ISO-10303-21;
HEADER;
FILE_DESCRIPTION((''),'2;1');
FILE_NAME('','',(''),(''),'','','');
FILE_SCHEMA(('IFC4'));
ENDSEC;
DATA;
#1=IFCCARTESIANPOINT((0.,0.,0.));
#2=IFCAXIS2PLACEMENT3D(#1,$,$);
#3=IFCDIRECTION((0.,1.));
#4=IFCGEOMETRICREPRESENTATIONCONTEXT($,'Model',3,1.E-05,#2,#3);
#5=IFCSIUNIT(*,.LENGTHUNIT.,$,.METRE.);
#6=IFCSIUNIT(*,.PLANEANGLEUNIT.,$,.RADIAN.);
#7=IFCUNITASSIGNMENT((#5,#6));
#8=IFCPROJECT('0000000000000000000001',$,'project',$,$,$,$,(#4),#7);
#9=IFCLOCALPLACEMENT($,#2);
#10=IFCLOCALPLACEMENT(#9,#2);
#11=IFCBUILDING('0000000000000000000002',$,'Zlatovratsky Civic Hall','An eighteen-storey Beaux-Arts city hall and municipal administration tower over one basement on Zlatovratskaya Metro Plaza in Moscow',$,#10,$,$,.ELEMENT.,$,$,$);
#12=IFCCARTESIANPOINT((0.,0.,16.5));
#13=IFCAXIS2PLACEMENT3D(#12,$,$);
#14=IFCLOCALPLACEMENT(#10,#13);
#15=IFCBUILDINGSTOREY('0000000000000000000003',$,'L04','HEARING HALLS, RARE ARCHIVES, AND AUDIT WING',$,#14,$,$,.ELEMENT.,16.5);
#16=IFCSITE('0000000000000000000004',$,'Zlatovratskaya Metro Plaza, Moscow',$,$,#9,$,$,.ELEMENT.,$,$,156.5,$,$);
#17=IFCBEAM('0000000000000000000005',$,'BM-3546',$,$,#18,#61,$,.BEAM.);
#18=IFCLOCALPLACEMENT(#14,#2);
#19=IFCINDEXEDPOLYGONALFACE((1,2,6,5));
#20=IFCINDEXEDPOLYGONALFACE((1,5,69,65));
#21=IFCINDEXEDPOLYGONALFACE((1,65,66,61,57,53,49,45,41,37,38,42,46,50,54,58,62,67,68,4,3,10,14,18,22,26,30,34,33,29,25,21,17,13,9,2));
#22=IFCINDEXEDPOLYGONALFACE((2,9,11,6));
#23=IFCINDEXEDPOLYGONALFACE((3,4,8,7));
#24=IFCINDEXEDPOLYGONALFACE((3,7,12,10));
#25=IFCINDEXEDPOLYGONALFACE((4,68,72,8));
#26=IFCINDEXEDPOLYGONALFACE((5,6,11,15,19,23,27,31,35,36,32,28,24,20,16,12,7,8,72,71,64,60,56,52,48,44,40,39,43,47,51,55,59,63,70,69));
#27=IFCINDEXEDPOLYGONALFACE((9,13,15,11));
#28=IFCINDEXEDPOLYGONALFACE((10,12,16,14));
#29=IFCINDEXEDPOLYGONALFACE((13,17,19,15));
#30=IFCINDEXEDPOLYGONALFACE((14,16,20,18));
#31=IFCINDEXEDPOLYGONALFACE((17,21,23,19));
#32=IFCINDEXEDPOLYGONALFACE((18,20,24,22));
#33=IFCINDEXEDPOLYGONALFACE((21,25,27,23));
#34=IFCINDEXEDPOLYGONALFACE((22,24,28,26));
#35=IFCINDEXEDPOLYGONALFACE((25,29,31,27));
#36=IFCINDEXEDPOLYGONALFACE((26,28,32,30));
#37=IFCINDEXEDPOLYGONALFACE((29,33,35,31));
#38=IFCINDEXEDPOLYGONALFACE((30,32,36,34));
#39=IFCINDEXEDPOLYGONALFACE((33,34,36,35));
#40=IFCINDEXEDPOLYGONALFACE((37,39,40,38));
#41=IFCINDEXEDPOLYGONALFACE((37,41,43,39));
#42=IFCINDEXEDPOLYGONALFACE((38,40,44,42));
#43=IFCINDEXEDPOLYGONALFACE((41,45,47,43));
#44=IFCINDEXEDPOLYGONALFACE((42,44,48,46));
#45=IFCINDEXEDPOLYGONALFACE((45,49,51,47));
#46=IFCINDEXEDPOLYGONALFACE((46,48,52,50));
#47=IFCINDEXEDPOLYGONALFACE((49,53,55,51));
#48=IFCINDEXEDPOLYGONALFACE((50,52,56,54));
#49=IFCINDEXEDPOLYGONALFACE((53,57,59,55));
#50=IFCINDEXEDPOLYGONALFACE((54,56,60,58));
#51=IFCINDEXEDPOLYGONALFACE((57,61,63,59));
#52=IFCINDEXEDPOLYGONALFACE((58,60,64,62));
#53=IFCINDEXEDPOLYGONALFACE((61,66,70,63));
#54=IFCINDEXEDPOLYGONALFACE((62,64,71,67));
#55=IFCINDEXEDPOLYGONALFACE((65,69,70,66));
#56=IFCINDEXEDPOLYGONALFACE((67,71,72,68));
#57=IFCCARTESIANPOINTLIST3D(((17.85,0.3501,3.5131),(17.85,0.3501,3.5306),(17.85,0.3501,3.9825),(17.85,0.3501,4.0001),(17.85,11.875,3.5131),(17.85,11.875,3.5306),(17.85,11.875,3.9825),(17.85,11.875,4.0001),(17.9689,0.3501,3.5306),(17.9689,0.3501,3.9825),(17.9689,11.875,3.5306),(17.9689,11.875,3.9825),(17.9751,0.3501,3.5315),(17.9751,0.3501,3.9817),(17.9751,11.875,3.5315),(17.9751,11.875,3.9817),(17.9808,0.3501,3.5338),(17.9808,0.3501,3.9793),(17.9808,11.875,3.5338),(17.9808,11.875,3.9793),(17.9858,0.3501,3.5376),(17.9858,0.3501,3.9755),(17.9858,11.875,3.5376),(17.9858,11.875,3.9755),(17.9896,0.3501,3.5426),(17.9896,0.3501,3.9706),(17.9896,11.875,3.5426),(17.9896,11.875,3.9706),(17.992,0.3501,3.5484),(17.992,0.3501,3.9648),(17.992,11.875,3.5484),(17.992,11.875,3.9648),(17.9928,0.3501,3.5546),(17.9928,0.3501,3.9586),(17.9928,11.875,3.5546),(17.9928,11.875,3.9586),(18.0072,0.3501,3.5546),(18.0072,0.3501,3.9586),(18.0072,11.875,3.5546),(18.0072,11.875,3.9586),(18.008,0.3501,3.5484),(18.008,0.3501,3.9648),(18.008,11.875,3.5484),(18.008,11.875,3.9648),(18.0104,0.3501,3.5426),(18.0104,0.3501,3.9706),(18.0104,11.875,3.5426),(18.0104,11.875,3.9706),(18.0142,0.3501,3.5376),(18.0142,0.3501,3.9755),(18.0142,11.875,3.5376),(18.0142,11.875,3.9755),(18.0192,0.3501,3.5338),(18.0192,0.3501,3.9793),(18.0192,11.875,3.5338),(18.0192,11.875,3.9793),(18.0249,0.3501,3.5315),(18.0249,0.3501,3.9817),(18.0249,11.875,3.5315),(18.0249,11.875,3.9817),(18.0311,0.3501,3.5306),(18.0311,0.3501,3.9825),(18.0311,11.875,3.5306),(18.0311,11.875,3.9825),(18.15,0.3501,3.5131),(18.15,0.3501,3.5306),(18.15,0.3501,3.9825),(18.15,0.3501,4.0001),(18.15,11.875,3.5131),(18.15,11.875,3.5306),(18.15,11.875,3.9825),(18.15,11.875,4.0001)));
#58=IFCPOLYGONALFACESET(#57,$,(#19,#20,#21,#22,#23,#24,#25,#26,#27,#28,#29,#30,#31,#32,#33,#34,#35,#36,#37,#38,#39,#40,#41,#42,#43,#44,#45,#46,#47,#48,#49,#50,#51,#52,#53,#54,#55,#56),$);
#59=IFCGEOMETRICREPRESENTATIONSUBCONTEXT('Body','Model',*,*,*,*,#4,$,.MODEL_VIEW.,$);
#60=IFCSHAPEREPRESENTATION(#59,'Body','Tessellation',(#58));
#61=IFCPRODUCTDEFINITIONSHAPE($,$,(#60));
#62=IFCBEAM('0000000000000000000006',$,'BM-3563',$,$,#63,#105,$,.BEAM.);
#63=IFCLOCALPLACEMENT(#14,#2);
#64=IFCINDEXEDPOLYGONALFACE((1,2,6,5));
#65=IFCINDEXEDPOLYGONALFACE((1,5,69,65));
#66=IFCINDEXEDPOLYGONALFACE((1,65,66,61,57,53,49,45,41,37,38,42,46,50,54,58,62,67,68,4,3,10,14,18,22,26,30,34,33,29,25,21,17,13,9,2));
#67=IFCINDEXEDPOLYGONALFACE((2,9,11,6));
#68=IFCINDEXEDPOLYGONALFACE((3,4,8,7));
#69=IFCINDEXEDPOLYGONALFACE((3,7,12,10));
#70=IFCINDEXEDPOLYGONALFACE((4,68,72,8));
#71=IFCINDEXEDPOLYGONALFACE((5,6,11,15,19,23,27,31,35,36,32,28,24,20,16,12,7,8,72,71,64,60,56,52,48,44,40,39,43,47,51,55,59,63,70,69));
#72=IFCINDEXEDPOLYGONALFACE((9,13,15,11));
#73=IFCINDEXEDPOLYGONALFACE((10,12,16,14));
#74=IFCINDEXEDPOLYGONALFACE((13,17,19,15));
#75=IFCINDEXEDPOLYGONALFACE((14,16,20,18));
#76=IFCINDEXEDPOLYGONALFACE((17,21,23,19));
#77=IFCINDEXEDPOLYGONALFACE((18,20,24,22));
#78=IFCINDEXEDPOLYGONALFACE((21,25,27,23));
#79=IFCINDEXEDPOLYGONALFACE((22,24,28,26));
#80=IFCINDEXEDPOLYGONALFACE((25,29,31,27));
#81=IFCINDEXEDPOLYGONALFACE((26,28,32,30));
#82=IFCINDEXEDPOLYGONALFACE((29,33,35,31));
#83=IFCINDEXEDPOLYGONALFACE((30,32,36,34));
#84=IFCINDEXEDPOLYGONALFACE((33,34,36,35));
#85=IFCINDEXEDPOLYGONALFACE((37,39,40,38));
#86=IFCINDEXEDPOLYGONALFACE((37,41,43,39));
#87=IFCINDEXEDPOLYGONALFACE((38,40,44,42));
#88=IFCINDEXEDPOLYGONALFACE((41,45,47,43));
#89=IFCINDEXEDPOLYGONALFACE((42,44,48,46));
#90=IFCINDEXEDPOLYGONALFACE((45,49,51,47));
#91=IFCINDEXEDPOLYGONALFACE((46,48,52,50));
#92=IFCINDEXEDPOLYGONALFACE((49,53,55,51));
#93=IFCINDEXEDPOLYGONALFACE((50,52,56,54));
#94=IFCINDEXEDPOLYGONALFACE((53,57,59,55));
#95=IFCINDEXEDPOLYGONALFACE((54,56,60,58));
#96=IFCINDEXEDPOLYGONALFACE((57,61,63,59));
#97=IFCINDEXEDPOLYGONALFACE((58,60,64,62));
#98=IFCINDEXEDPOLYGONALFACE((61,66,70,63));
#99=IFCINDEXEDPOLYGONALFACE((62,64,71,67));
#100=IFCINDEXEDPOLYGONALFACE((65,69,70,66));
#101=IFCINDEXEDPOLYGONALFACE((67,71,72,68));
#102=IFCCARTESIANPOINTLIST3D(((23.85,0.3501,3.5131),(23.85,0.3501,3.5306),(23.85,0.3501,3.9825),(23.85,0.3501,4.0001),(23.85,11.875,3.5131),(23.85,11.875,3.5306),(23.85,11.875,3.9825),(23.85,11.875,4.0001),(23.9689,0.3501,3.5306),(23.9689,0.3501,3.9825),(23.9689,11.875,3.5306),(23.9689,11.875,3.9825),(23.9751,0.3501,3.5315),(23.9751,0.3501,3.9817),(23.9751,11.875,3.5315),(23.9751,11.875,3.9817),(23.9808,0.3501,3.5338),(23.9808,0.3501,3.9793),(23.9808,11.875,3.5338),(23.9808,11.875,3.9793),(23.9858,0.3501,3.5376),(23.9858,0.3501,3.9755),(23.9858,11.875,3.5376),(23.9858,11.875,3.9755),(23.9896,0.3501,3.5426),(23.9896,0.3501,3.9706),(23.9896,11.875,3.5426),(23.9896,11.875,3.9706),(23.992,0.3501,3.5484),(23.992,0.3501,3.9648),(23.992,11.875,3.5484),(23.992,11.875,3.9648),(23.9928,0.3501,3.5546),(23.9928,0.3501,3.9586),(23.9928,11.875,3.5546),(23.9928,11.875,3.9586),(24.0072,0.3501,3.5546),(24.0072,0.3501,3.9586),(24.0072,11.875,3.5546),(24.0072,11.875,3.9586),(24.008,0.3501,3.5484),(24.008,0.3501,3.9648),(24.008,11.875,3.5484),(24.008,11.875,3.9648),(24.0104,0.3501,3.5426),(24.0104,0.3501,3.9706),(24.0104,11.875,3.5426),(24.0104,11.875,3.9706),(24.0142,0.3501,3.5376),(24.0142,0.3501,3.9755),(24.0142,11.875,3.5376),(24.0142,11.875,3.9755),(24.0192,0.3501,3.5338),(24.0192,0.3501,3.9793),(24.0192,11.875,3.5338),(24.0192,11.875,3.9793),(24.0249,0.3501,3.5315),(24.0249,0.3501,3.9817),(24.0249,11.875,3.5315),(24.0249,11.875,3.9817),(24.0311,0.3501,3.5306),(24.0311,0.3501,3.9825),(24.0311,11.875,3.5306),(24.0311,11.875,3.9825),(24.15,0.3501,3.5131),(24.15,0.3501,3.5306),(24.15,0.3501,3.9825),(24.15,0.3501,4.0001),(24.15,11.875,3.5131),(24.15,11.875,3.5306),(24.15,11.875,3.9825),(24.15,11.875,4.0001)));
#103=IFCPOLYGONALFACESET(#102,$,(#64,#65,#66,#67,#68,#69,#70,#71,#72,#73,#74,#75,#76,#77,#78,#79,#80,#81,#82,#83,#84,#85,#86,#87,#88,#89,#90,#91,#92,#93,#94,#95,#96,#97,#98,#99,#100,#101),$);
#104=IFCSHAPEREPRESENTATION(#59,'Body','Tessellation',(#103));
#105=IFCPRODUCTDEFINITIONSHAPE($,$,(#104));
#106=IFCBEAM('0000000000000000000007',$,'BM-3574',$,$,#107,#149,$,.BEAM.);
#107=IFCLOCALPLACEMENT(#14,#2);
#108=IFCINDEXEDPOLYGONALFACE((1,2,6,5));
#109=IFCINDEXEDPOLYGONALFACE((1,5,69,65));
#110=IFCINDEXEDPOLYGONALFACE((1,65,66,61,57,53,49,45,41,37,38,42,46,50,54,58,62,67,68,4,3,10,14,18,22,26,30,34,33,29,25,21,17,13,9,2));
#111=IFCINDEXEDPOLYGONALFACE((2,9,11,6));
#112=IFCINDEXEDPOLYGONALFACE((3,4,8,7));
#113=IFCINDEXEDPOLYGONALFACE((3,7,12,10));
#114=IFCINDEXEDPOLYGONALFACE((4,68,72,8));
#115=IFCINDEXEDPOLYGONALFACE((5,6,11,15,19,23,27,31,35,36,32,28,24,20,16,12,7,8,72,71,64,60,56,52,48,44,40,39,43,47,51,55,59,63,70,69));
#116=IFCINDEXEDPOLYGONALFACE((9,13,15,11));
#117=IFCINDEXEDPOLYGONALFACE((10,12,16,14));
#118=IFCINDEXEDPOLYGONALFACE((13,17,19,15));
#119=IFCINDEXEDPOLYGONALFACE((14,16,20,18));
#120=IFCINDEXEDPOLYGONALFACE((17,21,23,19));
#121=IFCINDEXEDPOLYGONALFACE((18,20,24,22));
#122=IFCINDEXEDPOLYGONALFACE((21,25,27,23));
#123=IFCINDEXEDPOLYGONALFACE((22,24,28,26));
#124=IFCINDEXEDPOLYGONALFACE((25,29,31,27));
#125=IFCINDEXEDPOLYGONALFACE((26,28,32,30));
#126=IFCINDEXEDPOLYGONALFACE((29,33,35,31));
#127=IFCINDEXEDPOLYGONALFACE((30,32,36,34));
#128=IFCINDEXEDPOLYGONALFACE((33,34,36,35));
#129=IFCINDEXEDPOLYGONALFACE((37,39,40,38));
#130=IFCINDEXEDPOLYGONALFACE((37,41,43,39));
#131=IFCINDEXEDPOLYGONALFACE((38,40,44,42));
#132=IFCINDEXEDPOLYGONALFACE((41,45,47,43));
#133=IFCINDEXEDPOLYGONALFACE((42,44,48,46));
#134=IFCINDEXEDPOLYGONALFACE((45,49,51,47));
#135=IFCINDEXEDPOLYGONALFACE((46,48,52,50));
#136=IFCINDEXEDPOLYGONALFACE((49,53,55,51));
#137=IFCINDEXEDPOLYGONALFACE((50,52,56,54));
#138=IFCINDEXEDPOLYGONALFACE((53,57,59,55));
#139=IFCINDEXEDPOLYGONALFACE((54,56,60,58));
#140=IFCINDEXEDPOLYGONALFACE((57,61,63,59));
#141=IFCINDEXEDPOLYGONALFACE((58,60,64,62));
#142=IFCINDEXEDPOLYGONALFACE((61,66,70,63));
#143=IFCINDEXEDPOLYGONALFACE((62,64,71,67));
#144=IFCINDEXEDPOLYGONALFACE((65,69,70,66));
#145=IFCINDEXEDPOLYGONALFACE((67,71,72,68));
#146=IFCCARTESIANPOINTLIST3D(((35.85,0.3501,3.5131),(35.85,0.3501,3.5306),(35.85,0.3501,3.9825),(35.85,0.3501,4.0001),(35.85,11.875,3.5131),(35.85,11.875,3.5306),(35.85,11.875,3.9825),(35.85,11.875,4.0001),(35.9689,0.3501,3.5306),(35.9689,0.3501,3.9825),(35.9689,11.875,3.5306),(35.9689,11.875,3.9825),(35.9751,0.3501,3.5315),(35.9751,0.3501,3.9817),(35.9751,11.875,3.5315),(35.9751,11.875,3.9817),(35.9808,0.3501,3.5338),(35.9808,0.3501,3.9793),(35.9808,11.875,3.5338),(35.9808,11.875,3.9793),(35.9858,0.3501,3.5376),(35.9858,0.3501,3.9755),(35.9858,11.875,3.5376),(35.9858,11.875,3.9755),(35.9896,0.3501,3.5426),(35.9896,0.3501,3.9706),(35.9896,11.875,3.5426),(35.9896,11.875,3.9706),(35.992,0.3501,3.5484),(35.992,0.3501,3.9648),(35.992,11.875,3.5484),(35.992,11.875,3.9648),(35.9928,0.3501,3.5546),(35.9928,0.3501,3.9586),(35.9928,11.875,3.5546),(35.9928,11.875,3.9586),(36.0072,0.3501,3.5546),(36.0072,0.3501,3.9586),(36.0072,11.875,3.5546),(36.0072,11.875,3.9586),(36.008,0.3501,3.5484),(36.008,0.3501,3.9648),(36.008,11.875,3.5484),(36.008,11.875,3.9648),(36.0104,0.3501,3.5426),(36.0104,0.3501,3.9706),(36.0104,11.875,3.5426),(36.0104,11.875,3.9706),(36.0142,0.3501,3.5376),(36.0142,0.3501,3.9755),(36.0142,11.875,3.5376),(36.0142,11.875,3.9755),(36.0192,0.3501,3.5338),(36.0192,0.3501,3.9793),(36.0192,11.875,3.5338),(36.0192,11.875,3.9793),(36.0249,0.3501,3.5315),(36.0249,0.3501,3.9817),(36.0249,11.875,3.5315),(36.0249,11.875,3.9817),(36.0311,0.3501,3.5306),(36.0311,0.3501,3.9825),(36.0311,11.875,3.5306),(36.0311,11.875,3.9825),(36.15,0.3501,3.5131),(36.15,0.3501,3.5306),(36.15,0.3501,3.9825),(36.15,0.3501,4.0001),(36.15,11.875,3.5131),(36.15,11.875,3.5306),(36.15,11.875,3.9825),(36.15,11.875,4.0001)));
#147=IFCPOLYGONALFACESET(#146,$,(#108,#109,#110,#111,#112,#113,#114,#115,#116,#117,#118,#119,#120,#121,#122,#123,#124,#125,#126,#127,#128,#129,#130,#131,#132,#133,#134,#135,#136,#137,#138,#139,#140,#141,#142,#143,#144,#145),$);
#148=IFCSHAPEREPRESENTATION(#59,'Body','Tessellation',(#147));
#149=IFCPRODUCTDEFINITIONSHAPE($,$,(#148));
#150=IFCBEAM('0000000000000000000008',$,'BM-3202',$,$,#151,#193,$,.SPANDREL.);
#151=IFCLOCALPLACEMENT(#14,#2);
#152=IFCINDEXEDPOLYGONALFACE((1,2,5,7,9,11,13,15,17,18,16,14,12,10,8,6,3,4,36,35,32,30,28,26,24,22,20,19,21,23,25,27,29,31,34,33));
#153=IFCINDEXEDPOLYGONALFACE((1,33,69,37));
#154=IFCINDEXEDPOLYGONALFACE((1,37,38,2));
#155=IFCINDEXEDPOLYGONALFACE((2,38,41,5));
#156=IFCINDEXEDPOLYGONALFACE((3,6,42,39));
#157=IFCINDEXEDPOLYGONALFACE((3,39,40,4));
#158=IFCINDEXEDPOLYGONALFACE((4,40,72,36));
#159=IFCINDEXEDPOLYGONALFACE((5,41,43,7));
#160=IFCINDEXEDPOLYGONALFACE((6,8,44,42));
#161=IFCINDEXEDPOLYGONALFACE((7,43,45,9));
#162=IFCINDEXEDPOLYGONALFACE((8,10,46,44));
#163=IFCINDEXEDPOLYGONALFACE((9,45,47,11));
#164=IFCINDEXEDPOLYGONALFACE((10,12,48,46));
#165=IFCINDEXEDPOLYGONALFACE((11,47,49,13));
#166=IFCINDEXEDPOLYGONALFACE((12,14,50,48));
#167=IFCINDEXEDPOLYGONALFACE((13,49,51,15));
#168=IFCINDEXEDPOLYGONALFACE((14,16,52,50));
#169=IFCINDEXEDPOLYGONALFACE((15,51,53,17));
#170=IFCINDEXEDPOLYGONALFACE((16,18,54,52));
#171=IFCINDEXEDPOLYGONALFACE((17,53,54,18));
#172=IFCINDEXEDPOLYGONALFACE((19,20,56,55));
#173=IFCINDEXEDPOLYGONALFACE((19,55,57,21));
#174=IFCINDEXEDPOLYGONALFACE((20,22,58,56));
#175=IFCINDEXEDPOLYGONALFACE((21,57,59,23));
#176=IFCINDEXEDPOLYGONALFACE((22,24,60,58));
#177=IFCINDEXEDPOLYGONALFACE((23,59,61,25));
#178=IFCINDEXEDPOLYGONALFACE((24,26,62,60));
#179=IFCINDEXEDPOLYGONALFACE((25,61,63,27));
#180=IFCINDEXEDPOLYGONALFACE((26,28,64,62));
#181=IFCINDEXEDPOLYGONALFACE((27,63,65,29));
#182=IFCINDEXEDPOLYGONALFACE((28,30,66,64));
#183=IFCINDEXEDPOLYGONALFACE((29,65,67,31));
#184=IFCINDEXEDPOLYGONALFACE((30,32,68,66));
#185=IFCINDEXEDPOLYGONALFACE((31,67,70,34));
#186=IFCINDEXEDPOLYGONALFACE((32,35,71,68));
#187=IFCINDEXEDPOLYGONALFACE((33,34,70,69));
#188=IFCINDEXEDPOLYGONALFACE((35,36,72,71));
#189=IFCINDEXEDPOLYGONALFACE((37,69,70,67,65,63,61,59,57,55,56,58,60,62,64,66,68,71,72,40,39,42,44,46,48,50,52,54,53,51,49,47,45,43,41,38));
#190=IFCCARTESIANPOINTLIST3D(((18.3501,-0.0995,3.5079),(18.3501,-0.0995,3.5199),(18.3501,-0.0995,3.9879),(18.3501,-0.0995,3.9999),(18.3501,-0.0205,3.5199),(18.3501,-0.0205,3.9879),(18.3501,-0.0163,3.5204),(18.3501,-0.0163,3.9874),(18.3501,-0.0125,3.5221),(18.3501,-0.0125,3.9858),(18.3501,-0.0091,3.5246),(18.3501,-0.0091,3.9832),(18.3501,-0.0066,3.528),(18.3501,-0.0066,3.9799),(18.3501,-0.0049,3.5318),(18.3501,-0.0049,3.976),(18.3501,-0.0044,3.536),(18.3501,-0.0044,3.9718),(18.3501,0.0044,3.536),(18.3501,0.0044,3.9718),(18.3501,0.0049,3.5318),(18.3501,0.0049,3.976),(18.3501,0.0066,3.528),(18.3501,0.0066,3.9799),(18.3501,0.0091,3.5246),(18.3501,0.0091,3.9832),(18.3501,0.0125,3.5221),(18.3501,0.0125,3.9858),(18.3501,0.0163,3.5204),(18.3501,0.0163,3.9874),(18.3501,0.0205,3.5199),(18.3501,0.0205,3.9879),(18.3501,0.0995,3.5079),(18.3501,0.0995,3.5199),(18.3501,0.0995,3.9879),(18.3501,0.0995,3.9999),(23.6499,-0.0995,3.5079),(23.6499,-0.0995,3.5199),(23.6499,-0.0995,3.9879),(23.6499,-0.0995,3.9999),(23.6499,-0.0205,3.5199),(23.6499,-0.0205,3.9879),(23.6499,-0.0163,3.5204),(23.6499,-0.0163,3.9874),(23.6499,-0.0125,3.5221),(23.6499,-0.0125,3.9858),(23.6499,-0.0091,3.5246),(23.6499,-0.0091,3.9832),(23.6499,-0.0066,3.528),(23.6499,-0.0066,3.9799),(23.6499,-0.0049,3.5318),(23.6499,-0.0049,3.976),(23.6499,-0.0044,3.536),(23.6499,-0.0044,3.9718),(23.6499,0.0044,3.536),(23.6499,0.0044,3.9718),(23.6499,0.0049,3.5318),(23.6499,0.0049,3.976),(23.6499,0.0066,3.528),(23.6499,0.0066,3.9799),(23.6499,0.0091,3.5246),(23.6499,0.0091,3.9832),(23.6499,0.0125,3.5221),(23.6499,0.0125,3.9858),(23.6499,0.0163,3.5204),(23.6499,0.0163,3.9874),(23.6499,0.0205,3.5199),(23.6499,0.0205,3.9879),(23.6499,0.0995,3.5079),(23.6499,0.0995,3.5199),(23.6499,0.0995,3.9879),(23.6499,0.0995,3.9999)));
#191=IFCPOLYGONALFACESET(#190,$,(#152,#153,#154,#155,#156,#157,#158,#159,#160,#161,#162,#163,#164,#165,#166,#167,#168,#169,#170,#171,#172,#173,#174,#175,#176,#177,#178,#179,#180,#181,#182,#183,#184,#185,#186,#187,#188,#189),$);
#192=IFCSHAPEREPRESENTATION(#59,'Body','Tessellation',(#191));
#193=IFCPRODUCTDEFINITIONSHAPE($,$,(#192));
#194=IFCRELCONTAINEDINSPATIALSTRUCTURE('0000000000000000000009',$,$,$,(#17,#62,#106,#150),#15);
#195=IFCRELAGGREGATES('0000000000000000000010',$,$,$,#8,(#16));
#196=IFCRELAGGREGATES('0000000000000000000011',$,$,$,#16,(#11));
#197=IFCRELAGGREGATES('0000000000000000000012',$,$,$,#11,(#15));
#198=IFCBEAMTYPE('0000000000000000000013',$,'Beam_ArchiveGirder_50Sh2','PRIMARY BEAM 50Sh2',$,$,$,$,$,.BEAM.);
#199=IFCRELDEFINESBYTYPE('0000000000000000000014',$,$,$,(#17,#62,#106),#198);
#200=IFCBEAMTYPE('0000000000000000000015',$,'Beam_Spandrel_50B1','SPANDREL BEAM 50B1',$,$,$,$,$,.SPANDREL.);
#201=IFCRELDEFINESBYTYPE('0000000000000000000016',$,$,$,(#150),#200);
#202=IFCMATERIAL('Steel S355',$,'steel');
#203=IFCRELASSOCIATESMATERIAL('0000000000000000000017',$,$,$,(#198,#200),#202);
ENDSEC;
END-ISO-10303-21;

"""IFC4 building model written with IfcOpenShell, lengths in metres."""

from ifc_helpers import new_model, si_unit, direction, frame, origin, origin_2d, place, context, subcontext, project, spatial, i_section, extrude, material, material_profile, profile_set, type_object, element, save


model = new_model("IFC4")

# Units and contexts
model_context = context("Model", 3, precision=1e-05, world=origin(), true_north=direction((0.0, 1.0)))
body_context = subcontext(model_context, "Body", "Model", "MODEL_VIEW")
ifc_project = project(units=[si_unit("LENGTHUNIT", "METRE"), si_unit("PLANEANGLEUNIT", "RADIAN")], contexts=[model_context])

# Site, building, storey
site_placement = place(None, origin())
site = spatial("IfcSite", under=ifc_project, at=site_placement, Name="Zlatovratskaya Metro Plaza, Moscow", CompositionType="ELEMENT", RefElevation=156.5)
building_placement = place(site_placement, origin())
building = spatial("IfcBuilding", under=site, at=building_placement, Name="Zlatovratsky Civic Hall", Description="An eighteen-storey Beaux-Arts city hall and municipal administration tower over one basement on Zlatovratskaya Metro Plaza in Moscow", CompositionType="ELEMENT")
storey_placement = place(building_placement, frame((0.0, 0.0, 16.5)))
storey = spatial("IfcBuildingStorey", under=building, at=storey_placement, Name="L04", Description="HEARING HALLS, RARE ARCHIVES, AND AUDIT WING", CompositionType="ELEMENT", Elevation=16.5)

# Shared definitions
ifc_material_1 = material(Name="Steel S355", Category="steel")

# Beams
ifc_material_profile_1 = material_profile(ifc_material_1, i_section(OverallWidth=0.3, OverallDepth=0.4871, WebThickness=0.0144, FlangeThickness=0.0176, FilletRadius=0.0239, at=origin_2d()), Name="50Sh2")
ifc_profile_set_1 = profile_set([ifc_material_profile_1], Name="Steel S355")
beam_type_1 = type_object("IfcBeamType", Name="Beam_ArchiveGirder_50Sh2", Description="PRIMARY BEAM 50Sh2", PredefinedType="BEAM", material=ifc_profile_set_1)
for number, where, z_axis, x_axis, name in (
    (1, (18.0, 0.3501, 3.7566), (0.0, 1.0, 0.0), (-1.0, 0.0, 0.0), "BM-3546"),
    (2, (24.0, 0.3501, 3.7566), (0.0, 1.0, 0.0), (-1.0, 0.0, 0.0), "BM-3563"),
    (3, (36.0, 0.3501, 3.7566), (0.0, 1.0, 0.0), (-1.0, 0.0, 0.0), "BM-3574"),
):
    element("IfcBeam", number, at=place(storey_placement, frame(where, z_axis=z_axis, x_axis=x_axis)), inside=storey, type_object=beam_type_1, Name=name, PredefinedType="BEAM", context=body_context, shape_type="SweptSolid", body=[
        extrude(i_section(OverallWidth=0.3, OverallDepth=0.4871, WebThickness=0.0144, FlangeThickness=0.0176, FilletRadius=0.0239, at=origin_2d()), origin(), (0.0, 0.0, 1.0), 11.5249),
    ])
ifc_material_profile_2 = material_profile(ifc_material_1, i_section(OverallWidth=0.199, OverallDepth=0.4919, WebThickness=0.0088, FlangeThickness=0.012, FilletRadius=0.0161, at=origin_2d()), Name="50B1")
ifc_profile_set_2 = profile_set([ifc_material_profile_2], Name="Steel S355")
beam_type_2 = type_object("IfcBeamType", Name="Beam_Spandrel_50B1", Description="SPANDREL BEAM 50B1", PredefinedType="SPANDREL", material=ifc_profile_set_2)
beam_1_placement = place(storey_placement, frame((18.3501, 0.0, 3.7539), z_axis=(1.0, 0.0, 0.0), x_axis=(0.0, 1.0, 0.0)))
element("IfcBeam", 4, at=beam_1_placement, inside=storey, type_object=beam_type_2, Name="BM-3202", PredefinedType="SPANDREL", context=body_context, shape_type="SweptSolid", body=[
    extrude(i_section(OverallWidth=0.199, OverallDepth=0.4919, WebThickness=0.0088, FlangeThickness=0.012, FilletRadius=0.0161, at=origin_2d()), origin(), (0.0, 0.0, 1.0), 5.2998),
])

save(model, "model.ifc")
